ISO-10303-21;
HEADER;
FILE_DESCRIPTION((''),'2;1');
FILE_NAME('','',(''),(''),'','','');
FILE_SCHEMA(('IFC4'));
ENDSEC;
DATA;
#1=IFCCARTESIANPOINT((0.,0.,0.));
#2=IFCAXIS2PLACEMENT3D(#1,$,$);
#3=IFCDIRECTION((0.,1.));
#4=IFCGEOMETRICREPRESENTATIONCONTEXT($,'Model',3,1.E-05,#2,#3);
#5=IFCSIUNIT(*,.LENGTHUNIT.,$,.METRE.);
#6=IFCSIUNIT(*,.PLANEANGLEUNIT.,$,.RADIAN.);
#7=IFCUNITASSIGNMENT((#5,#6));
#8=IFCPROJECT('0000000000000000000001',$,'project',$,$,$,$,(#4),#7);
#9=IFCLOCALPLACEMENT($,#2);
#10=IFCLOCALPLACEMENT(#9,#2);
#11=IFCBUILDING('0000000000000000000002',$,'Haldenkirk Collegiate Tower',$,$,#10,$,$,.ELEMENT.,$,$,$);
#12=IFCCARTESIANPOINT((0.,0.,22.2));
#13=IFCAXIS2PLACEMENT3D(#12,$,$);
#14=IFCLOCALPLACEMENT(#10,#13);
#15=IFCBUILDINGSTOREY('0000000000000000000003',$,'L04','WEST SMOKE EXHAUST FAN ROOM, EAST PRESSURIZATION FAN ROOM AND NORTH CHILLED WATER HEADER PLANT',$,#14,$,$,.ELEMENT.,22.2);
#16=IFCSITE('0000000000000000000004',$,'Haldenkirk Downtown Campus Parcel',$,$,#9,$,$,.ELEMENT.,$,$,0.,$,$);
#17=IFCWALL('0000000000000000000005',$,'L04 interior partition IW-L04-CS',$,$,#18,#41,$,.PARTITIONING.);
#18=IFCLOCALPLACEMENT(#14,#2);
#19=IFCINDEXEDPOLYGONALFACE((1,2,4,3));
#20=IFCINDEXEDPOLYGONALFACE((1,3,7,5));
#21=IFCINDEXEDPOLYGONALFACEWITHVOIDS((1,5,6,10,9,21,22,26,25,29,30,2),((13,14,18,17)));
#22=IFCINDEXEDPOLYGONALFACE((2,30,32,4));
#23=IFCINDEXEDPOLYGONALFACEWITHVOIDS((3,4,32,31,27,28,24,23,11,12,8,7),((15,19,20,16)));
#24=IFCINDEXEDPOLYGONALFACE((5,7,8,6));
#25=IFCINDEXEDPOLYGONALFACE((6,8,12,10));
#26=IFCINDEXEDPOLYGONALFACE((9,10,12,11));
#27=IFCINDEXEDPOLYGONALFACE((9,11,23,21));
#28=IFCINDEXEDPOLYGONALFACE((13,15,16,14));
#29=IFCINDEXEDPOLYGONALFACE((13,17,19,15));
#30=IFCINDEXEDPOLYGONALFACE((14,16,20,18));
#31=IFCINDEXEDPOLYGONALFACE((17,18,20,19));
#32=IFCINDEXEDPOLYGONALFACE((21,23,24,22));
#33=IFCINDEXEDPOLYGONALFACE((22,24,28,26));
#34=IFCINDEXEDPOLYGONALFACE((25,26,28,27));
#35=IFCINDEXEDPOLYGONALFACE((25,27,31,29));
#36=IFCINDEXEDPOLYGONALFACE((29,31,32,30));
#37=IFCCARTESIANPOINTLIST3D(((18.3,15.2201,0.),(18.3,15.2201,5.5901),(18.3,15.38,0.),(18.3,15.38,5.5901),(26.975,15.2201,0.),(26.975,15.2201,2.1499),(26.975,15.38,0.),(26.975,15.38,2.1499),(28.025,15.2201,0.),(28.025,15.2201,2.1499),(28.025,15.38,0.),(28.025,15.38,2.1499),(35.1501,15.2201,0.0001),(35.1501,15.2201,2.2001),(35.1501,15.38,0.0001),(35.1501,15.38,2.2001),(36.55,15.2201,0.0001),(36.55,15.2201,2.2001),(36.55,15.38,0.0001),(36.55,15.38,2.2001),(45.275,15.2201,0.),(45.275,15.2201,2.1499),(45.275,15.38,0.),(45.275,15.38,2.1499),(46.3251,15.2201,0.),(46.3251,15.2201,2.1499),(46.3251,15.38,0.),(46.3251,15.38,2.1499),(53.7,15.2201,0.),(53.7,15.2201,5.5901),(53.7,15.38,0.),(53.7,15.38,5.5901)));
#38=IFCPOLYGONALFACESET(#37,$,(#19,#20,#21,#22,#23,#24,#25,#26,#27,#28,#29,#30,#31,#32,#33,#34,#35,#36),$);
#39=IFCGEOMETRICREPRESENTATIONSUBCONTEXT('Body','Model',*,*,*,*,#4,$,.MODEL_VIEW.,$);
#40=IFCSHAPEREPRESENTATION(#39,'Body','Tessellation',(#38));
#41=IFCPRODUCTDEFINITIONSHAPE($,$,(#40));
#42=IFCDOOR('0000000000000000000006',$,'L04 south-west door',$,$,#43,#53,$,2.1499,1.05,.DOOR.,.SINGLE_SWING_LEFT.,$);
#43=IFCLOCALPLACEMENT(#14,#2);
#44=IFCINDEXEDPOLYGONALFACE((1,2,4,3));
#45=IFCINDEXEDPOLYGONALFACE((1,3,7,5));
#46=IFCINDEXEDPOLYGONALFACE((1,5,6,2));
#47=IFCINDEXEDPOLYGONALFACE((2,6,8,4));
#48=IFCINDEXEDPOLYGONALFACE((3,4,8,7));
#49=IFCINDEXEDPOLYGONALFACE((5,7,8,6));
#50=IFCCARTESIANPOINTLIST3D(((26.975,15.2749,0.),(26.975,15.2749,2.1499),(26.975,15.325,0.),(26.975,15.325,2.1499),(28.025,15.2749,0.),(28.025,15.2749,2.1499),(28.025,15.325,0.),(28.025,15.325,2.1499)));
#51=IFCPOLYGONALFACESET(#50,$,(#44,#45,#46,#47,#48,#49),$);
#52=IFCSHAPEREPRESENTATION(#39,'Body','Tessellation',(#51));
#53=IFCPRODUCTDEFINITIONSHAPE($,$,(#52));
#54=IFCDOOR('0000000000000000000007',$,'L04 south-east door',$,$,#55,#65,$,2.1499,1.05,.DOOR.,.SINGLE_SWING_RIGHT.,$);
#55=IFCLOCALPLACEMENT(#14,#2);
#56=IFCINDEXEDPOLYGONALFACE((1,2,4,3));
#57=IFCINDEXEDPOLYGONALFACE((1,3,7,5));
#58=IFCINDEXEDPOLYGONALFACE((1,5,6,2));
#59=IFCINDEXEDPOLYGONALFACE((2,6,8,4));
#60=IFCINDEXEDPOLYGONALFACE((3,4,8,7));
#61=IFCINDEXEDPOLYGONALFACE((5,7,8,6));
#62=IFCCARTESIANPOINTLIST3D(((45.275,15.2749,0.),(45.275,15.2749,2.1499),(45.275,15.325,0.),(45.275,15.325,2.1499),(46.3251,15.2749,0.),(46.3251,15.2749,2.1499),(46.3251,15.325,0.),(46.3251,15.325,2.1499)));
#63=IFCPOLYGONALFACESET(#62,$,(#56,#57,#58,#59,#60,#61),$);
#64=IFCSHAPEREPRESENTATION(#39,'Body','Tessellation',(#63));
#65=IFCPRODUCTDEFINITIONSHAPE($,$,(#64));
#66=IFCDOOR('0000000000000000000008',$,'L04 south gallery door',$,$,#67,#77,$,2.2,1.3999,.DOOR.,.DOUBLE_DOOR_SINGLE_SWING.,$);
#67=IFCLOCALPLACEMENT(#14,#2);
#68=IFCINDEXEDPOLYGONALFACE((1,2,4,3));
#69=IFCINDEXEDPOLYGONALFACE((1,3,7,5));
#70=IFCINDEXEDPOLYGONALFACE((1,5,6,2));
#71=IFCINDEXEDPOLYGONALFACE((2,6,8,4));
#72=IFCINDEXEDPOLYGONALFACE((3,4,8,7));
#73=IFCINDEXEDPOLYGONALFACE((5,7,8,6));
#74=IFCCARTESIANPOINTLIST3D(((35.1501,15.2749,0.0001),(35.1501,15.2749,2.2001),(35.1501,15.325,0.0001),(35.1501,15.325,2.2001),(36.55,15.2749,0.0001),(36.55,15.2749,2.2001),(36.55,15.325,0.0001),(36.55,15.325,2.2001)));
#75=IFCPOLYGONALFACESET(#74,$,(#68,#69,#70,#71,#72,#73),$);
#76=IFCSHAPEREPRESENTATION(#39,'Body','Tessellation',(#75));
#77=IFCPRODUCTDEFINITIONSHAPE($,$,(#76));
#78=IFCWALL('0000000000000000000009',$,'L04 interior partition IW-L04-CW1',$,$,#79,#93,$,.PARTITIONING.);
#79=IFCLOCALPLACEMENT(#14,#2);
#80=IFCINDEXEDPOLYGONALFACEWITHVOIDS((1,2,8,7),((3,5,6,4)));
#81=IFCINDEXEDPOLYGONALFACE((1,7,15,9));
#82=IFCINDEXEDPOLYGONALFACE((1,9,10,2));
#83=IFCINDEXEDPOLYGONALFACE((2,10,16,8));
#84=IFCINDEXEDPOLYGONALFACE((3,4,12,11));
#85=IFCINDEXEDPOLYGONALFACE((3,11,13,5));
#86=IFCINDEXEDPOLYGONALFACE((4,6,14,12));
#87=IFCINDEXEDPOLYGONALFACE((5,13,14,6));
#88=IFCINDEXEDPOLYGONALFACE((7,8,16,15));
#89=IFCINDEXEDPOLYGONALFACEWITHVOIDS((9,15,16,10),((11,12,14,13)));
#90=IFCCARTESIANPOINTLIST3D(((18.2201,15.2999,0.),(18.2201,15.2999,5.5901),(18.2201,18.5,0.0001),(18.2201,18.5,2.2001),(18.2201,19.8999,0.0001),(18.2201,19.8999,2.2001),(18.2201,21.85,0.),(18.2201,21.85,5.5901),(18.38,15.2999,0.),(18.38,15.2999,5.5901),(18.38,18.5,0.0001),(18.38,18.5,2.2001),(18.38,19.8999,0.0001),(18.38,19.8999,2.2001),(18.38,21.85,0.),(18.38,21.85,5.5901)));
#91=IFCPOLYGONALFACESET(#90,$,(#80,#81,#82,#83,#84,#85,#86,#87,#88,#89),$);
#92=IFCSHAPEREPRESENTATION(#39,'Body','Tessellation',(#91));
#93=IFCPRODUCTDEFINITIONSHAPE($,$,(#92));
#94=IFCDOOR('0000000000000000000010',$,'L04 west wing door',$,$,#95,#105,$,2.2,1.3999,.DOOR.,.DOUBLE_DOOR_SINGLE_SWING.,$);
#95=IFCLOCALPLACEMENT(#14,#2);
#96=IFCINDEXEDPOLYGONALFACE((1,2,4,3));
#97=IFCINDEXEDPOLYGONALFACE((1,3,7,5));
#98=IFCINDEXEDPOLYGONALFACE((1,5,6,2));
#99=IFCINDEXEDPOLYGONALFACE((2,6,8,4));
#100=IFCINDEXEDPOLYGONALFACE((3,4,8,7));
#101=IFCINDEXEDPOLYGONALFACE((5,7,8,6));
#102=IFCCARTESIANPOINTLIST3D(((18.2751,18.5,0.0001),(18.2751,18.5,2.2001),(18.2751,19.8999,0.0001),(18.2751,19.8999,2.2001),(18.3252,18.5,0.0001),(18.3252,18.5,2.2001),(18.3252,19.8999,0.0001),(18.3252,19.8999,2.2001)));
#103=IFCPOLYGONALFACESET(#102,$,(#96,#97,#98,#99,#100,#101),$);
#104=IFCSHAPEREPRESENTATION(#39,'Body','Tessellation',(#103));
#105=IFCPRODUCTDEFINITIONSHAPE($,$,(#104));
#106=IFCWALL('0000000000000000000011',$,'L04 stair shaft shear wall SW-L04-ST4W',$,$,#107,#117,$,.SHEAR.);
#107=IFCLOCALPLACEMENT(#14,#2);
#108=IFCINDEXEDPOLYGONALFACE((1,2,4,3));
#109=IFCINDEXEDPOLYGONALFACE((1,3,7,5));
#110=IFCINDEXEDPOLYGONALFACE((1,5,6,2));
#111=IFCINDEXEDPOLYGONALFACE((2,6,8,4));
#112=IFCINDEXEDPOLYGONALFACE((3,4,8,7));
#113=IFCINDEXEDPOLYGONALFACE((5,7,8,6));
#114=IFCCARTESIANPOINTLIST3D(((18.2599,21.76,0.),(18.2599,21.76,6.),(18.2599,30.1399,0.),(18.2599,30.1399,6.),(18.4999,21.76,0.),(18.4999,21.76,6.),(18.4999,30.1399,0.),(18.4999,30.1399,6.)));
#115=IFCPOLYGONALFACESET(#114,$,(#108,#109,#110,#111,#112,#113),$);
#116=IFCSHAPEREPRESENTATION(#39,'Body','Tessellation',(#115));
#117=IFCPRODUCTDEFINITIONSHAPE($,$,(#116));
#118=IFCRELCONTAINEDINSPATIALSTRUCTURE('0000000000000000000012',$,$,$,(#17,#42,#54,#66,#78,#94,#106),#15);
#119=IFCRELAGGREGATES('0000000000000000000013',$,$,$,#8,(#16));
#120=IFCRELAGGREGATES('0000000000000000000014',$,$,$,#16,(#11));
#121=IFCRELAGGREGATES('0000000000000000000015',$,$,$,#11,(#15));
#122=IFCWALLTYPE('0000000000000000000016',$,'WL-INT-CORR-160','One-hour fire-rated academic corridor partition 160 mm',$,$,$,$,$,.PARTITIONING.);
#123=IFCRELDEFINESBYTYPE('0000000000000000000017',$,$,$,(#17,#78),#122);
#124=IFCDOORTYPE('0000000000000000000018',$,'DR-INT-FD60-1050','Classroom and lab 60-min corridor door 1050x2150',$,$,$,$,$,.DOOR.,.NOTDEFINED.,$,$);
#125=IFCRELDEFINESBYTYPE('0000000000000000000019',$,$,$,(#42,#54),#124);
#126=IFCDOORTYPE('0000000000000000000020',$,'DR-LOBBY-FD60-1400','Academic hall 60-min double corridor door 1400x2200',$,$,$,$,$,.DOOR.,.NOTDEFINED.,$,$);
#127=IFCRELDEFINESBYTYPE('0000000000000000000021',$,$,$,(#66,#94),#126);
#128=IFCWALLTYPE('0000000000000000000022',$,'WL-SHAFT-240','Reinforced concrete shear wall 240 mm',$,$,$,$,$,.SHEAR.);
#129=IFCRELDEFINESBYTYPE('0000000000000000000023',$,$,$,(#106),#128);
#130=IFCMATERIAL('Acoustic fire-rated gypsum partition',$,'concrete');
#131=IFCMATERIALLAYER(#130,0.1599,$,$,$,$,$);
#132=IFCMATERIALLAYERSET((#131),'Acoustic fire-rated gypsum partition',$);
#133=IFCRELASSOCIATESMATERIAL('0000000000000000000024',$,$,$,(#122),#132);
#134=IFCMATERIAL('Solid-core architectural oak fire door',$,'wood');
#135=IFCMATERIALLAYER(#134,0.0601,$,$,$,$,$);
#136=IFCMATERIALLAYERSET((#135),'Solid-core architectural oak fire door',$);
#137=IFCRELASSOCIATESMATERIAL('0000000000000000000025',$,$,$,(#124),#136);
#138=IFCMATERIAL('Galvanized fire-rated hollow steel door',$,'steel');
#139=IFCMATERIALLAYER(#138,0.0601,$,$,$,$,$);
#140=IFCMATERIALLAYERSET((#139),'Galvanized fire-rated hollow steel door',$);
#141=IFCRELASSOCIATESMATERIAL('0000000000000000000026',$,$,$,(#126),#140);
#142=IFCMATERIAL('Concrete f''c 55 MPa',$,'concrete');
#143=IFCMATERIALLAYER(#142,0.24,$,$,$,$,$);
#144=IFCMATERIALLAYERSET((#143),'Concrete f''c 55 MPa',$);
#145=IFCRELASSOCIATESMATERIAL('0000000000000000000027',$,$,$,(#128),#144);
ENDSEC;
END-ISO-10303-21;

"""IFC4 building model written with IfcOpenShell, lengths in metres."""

from ifc_helpers import new_model, si_unit, direction, frame, frame_2d, origin, place, context, subcontext, project, spatial, rectangle, extrude, material, layer, layer_set, type_object, element, fill, save


model = new_model("IFC4")

# Units and contexts
model_context = context("Model", 3, precision=1e-05, world=origin(), true_north=direction((0.0, 1.0)))
body_context = subcontext(model_context, "Body", "Model", "MODEL_VIEW")
ifc_project = project(units=[si_unit("LENGTHUNIT", "METRE"), si_unit("PLANEANGLEUNIT", "RADIAN")], contexts=[model_context])

# Site, building, storey
site_placement = place(None, origin())
site = spatial("IfcSite", under=ifc_project, at=site_placement, Name="Haldenkirk Downtown Campus Parcel", CompositionType="ELEMENT", RefElevation=0.0)
building_placement = place(site_placement, origin())
building = spatial("IfcBuilding", under=site, at=building_placement, Name="Haldenkirk Collegiate Tower", CompositionType="ELEMENT")
storey_placement = place(building_placement, frame((0.0, 0.0, 22.2)))
storey = spatial("IfcBuildingStorey", under=building, at=storey_placement, Name="L04", Description="WEST SMOKE EXHAUST FAN ROOM, EAST PRESSURIZATION FAN ROOM AND NORTH CHILLED WATER HEADER PLANT", CompositionType="ELEMENT", Elevation=22.2)

# Wall, openings, doors
ifc_material_1 = material(Name="Acoustic fire-rated gypsum partition", Category="concrete")
ifc_layer_1 = layer(ifc_material_1, 0.1599)
ifc_layer_set_1 = layer_set([ifc_layer_1], Name="Acoustic fire-rated gypsum partition")
wall_type_1 = type_object("IfcWallType", Name="WL-INT-CORR-160", Description="One-hour fire-rated academic corridor partition 160 mm", PredefinedType="PARTITIONING", material=ifc_layer_set_1)
wall_1_placement = place(storey_placement, frame((18.3, 15.3, 0.0), z_axis=(0.0, 0.0, 1.0), x_axis=(1.0, 0.0, 0.0)))
wall_1 = element("IfcWall", 1, at=wall_1_placement, inside=storey, type_object=wall_type_1, Name="L04 interior partition IW-L04-CS", PredefinedType="PARTITIONING", context=body_context, shape_type="SweptSolid", body=[
    extrude(rectangle(XDim=35.3999, YDim=0.1599, at=frame_2d((17.7, 0.0))), origin(), (0.0, 0.0, 1.0), 5.5901),
])
opening_1_placement = place(wall_1_placement, frame((8.675, 0.0, 0.0)))
opening_1 = element("IfcOpeningElement", 2, at=opening_1_placement, cuts=wall_1, PredefinedType="OPENING", context=body_context, shape_type="SweptSolid", body=[
    extrude(rectangle(XDim=1.05, YDim=2.1499, at=frame_2d((0.5249, 1.075))), frame((0.0, 0.0898, 0.0), z_axis=(0.0, -1.0, 0.0), x_axis=(1.0, 0.0, 0.0)), (0.0, 0.0, 1.0), 0.1799),
])
opening_2_placement = place(wall_1_placement, frame((16.8501, 0.0, 0.0)))
opening_2 = element("IfcOpeningElement", 3, at=opening_2_placement, cuts=wall_1, PredefinedType="OPENING", context=body_context, shape_type="SweptSolid", body=[
    extrude(rectangle(XDim=1.3999, YDim=2.2, at=frame_2d((0.7, 1.1001))), frame((0.0, 0.0898, 0.0), z_axis=(0.0, -1.0, 0.0), x_axis=(1.0, 0.0, 0.0)), (0.0, 0.0, 1.0), 0.1799),
])
opening_3_placement = place(wall_1_placement, frame((26.9751, 0.0, 0.0)))
opening_3 = element("IfcOpeningElement", 4, at=opening_3_placement, cuts=wall_1, PredefinedType="OPENING", context=body_context, shape_type="SweptSolid", body=[
    extrude(rectangle(XDim=1.05, YDim=2.1499, at=frame_2d((0.5249, 1.075))), frame((0.0, 0.0898, 0.0), z_axis=(0.0, -1.0, 0.0), x_axis=(1.0, 0.0, 0.0)), (0.0, 0.0, 1.0), 0.1799),
])
ifc_material_2 = material(Name="Solid-core architectural oak fire door", Category="wood")
ifc_layer_2 = layer(ifc_material_2, 0.0601)
ifc_layer_set_2 = layer_set([ifc_layer_2], Name="Solid-core architectural oak fire door")
door_type_1 = type_object("IfcDoorType", Name="DR-INT-FD60-1050", Description="Classroom and lab 60-min corridor door 1050x2150", OperationType="NOTDEFINED", PredefinedType="DOOR", material=ifc_layer_set_2)
door_1_placement = place(opening_1_placement, origin())
door_1 = element("IfcDoor", 5, at=door_1_placement, inside=storey, type_object=door_type_1, Name="L04 south-west door", OperationType="SINGLE_SWING_LEFT", OverallHeight=2.1499, OverallWidth=1.05, PredefinedType="DOOR", context=body_context, shape_type="SweptSolid", body=[
    extrude(rectangle(XDim=1.05, YDim=2.1499, at=frame_2d((0.5249, 1.075))), frame((0.0, 0.0249, 0.0), z_axis=(0.0, -1.0, 0.0), x_axis=(1.0, 0.0, 0.0)), (0.0, 0.0, 1.0), 0.05),
])
fill(opening_1, door_1)
door_2_placement = place(opening_3_placement, origin())
door_2 = element("IfcDoor", 6, at=door_2_placement, inside=storey, type_object=door_type_1, Name="L04 south-east door", OperationType="SINGLE_SWING_RIGHT", OverallHeight=2.1499, OverallWidth=1.05, PredefinedType="DOOR", context=body_context, shape_type="SweptSolid", body=[
    extrude(rectangle(XDim=1.05, YDim=2.1499, at=frame_2d((0.5249, 1.075))), frame((0.0, 0.0249, 0.0), z_axis=(0.0, -1.0, 0.0), x_axis=(1.0, 0.0, 0.0)), (0.0, 0.0, 1.0), 0.05),
])
fill(opening_3, door_2)
ifc_material_3 = material(Name="Galvanized fire-rated hollow steel door", Category="steel")
ifc_layer_3 = layer(ifc_material_3, 0.0601)
ifc_layer_set_3 = layer_set([ifc_layer_3], Name="Galvanized fire-rated hollow steel door")
door_type_2 = type_object("IfcDoorType", Name="DR-LOBBY-FD60-1400", Description="Academic hall 60-min double corridor door 1400x2200", OperationType="NOTDEFINED", PredefinedType="DOOR", material=ifc_layer_set_3)
door_3_placement = place(opening_2_placement, origin())
door_3 = element("IfcDoor", 7, at=door_3_placement, inside=storey, type_object=door_type_2, Name="L04 south gallery door", OperationType="DOUBLE_DOOR_SINGLE_SWING", OverallHeight=2.2, OverallWidth=1.3999, PredefinedType="DOOR", context=body_context, shape_type="SweptSolid", body=[
    extrude(rectangle(XDim=1.3999, YDim=2.2, at=frame_2d((0.7, 1.1001))), frame((0.0, 0.0249, 0.0), z_axis=(0.0, -1.0, 0.0), x_axis=(1.0, 0.0, 0.0)), (0.0, 0.0, 1.0), 0.05),
])
fill(opening_2, door_3)

# Wall, opening, door
wall_2_placement = place(storey_placement, frame((18.3, 15.3, 0.0), z_axis=(0.0, 0.0, 1.0), x_axis=(0.0, 1.0, 0.0)))
wall_2 = element("IfcWall", 8, at=wall_2_placement, inside=storey, type_object=wall_type_1, Name="L04 interior partition IW-L04-CW1", PredefinedType="PARTITIONING", context=body_context, shape_type="SweptSolid", body=[
    extrude(rectangle(XDim=6.55, YDim=0.1599, at=frame_2d((3.2749, 0.0))), origin(), (0.0, 0.0, 1.0), 5.5901),
])
opening_4_placement = place(wall_2_placement, frame((3.2, 0.0, 0.0)))
opening_4 = element("IfcOpeningElement", 9, at=opening_4_placement, cuts=wall_2, PredefinedType="OPENING", context=body_context, shape_type="SweptSolid", body=[
    extrude(rectangle(XDim=1.3999, YDim=2.2, at=frame_2d((0.7, 1.1001))), frame((0.0, 0.0898, 0.0), z_axis=(0.0, -1.0, 0.0), x_axis=(1.0, 0.0, 0.0)), (0.0, 0.0, 1.0), 0.1799),
])
door_4_placement = place(opening_4_placement, origin())
door_4 = element("IfcDoor", 10, at=door_4_placement, inside=storey, type_object=door_type_2, Name="L04 west wing door", OperationType="DOUBLE_DOOR_SINGLE_SWING", OverallHeight=2.2, OverallWidth=1.3999, PredefinedType="DOOR", context=body_context, shape_type="SweptSolid", body=[
    extrude(rectangle(XDim=1.3999, YDim=2.2, at=frame_2d((0.7, 1.1001))), frame((0.0, 0.0249, 0.0), z_axis=(0.0, -1.0, 0.0), x_axis=(1.0, 0.0, 0.0)), (0.0, 0.0, 1.0), 0.05),
])
fill(opening_4, door_4)

# Wall
ifc_material_4 = material(Name="Concrete f'c 55 MPa", Category="concrete")
ifc_layer_4 = layer(ifc_material_4, 0.24)
ifc_layer_set_4 = layer_set([ifc_layer_4], Name="Concrete f'c 55 MPa")
wall_type_2 = type_object("IfcWallType", Name="WL-SHAFT-240", Description="Reinforced concrete shear wall 240 mm", PredefinedType="SHEAR", material=ifc_layer_set_4)
wall_3_placement = place(storey_placement, frame((18.3799, 21.76, 0.0), z_axis=(0.0, 0.0, 1.0), x_axis=(0.0, 1.0, 0.0)))
element("IfcWall", 11, at=wall_3_placement, inside=storey, type_object=wall_type_2, Name="L04 stair shaft shear wall SW-L04-ST4W", PredefinedType="SHEAR", context=body_context, shape_type="SweptSolid", body=[
    extrude(rectangle(XDim=8.3799, YDim=0.24, at=frame_2d((4.1899, 0.0))), origin(), (0.0, 0.0, 1.0), 6.0),
])

save(model, "model.ifc")
